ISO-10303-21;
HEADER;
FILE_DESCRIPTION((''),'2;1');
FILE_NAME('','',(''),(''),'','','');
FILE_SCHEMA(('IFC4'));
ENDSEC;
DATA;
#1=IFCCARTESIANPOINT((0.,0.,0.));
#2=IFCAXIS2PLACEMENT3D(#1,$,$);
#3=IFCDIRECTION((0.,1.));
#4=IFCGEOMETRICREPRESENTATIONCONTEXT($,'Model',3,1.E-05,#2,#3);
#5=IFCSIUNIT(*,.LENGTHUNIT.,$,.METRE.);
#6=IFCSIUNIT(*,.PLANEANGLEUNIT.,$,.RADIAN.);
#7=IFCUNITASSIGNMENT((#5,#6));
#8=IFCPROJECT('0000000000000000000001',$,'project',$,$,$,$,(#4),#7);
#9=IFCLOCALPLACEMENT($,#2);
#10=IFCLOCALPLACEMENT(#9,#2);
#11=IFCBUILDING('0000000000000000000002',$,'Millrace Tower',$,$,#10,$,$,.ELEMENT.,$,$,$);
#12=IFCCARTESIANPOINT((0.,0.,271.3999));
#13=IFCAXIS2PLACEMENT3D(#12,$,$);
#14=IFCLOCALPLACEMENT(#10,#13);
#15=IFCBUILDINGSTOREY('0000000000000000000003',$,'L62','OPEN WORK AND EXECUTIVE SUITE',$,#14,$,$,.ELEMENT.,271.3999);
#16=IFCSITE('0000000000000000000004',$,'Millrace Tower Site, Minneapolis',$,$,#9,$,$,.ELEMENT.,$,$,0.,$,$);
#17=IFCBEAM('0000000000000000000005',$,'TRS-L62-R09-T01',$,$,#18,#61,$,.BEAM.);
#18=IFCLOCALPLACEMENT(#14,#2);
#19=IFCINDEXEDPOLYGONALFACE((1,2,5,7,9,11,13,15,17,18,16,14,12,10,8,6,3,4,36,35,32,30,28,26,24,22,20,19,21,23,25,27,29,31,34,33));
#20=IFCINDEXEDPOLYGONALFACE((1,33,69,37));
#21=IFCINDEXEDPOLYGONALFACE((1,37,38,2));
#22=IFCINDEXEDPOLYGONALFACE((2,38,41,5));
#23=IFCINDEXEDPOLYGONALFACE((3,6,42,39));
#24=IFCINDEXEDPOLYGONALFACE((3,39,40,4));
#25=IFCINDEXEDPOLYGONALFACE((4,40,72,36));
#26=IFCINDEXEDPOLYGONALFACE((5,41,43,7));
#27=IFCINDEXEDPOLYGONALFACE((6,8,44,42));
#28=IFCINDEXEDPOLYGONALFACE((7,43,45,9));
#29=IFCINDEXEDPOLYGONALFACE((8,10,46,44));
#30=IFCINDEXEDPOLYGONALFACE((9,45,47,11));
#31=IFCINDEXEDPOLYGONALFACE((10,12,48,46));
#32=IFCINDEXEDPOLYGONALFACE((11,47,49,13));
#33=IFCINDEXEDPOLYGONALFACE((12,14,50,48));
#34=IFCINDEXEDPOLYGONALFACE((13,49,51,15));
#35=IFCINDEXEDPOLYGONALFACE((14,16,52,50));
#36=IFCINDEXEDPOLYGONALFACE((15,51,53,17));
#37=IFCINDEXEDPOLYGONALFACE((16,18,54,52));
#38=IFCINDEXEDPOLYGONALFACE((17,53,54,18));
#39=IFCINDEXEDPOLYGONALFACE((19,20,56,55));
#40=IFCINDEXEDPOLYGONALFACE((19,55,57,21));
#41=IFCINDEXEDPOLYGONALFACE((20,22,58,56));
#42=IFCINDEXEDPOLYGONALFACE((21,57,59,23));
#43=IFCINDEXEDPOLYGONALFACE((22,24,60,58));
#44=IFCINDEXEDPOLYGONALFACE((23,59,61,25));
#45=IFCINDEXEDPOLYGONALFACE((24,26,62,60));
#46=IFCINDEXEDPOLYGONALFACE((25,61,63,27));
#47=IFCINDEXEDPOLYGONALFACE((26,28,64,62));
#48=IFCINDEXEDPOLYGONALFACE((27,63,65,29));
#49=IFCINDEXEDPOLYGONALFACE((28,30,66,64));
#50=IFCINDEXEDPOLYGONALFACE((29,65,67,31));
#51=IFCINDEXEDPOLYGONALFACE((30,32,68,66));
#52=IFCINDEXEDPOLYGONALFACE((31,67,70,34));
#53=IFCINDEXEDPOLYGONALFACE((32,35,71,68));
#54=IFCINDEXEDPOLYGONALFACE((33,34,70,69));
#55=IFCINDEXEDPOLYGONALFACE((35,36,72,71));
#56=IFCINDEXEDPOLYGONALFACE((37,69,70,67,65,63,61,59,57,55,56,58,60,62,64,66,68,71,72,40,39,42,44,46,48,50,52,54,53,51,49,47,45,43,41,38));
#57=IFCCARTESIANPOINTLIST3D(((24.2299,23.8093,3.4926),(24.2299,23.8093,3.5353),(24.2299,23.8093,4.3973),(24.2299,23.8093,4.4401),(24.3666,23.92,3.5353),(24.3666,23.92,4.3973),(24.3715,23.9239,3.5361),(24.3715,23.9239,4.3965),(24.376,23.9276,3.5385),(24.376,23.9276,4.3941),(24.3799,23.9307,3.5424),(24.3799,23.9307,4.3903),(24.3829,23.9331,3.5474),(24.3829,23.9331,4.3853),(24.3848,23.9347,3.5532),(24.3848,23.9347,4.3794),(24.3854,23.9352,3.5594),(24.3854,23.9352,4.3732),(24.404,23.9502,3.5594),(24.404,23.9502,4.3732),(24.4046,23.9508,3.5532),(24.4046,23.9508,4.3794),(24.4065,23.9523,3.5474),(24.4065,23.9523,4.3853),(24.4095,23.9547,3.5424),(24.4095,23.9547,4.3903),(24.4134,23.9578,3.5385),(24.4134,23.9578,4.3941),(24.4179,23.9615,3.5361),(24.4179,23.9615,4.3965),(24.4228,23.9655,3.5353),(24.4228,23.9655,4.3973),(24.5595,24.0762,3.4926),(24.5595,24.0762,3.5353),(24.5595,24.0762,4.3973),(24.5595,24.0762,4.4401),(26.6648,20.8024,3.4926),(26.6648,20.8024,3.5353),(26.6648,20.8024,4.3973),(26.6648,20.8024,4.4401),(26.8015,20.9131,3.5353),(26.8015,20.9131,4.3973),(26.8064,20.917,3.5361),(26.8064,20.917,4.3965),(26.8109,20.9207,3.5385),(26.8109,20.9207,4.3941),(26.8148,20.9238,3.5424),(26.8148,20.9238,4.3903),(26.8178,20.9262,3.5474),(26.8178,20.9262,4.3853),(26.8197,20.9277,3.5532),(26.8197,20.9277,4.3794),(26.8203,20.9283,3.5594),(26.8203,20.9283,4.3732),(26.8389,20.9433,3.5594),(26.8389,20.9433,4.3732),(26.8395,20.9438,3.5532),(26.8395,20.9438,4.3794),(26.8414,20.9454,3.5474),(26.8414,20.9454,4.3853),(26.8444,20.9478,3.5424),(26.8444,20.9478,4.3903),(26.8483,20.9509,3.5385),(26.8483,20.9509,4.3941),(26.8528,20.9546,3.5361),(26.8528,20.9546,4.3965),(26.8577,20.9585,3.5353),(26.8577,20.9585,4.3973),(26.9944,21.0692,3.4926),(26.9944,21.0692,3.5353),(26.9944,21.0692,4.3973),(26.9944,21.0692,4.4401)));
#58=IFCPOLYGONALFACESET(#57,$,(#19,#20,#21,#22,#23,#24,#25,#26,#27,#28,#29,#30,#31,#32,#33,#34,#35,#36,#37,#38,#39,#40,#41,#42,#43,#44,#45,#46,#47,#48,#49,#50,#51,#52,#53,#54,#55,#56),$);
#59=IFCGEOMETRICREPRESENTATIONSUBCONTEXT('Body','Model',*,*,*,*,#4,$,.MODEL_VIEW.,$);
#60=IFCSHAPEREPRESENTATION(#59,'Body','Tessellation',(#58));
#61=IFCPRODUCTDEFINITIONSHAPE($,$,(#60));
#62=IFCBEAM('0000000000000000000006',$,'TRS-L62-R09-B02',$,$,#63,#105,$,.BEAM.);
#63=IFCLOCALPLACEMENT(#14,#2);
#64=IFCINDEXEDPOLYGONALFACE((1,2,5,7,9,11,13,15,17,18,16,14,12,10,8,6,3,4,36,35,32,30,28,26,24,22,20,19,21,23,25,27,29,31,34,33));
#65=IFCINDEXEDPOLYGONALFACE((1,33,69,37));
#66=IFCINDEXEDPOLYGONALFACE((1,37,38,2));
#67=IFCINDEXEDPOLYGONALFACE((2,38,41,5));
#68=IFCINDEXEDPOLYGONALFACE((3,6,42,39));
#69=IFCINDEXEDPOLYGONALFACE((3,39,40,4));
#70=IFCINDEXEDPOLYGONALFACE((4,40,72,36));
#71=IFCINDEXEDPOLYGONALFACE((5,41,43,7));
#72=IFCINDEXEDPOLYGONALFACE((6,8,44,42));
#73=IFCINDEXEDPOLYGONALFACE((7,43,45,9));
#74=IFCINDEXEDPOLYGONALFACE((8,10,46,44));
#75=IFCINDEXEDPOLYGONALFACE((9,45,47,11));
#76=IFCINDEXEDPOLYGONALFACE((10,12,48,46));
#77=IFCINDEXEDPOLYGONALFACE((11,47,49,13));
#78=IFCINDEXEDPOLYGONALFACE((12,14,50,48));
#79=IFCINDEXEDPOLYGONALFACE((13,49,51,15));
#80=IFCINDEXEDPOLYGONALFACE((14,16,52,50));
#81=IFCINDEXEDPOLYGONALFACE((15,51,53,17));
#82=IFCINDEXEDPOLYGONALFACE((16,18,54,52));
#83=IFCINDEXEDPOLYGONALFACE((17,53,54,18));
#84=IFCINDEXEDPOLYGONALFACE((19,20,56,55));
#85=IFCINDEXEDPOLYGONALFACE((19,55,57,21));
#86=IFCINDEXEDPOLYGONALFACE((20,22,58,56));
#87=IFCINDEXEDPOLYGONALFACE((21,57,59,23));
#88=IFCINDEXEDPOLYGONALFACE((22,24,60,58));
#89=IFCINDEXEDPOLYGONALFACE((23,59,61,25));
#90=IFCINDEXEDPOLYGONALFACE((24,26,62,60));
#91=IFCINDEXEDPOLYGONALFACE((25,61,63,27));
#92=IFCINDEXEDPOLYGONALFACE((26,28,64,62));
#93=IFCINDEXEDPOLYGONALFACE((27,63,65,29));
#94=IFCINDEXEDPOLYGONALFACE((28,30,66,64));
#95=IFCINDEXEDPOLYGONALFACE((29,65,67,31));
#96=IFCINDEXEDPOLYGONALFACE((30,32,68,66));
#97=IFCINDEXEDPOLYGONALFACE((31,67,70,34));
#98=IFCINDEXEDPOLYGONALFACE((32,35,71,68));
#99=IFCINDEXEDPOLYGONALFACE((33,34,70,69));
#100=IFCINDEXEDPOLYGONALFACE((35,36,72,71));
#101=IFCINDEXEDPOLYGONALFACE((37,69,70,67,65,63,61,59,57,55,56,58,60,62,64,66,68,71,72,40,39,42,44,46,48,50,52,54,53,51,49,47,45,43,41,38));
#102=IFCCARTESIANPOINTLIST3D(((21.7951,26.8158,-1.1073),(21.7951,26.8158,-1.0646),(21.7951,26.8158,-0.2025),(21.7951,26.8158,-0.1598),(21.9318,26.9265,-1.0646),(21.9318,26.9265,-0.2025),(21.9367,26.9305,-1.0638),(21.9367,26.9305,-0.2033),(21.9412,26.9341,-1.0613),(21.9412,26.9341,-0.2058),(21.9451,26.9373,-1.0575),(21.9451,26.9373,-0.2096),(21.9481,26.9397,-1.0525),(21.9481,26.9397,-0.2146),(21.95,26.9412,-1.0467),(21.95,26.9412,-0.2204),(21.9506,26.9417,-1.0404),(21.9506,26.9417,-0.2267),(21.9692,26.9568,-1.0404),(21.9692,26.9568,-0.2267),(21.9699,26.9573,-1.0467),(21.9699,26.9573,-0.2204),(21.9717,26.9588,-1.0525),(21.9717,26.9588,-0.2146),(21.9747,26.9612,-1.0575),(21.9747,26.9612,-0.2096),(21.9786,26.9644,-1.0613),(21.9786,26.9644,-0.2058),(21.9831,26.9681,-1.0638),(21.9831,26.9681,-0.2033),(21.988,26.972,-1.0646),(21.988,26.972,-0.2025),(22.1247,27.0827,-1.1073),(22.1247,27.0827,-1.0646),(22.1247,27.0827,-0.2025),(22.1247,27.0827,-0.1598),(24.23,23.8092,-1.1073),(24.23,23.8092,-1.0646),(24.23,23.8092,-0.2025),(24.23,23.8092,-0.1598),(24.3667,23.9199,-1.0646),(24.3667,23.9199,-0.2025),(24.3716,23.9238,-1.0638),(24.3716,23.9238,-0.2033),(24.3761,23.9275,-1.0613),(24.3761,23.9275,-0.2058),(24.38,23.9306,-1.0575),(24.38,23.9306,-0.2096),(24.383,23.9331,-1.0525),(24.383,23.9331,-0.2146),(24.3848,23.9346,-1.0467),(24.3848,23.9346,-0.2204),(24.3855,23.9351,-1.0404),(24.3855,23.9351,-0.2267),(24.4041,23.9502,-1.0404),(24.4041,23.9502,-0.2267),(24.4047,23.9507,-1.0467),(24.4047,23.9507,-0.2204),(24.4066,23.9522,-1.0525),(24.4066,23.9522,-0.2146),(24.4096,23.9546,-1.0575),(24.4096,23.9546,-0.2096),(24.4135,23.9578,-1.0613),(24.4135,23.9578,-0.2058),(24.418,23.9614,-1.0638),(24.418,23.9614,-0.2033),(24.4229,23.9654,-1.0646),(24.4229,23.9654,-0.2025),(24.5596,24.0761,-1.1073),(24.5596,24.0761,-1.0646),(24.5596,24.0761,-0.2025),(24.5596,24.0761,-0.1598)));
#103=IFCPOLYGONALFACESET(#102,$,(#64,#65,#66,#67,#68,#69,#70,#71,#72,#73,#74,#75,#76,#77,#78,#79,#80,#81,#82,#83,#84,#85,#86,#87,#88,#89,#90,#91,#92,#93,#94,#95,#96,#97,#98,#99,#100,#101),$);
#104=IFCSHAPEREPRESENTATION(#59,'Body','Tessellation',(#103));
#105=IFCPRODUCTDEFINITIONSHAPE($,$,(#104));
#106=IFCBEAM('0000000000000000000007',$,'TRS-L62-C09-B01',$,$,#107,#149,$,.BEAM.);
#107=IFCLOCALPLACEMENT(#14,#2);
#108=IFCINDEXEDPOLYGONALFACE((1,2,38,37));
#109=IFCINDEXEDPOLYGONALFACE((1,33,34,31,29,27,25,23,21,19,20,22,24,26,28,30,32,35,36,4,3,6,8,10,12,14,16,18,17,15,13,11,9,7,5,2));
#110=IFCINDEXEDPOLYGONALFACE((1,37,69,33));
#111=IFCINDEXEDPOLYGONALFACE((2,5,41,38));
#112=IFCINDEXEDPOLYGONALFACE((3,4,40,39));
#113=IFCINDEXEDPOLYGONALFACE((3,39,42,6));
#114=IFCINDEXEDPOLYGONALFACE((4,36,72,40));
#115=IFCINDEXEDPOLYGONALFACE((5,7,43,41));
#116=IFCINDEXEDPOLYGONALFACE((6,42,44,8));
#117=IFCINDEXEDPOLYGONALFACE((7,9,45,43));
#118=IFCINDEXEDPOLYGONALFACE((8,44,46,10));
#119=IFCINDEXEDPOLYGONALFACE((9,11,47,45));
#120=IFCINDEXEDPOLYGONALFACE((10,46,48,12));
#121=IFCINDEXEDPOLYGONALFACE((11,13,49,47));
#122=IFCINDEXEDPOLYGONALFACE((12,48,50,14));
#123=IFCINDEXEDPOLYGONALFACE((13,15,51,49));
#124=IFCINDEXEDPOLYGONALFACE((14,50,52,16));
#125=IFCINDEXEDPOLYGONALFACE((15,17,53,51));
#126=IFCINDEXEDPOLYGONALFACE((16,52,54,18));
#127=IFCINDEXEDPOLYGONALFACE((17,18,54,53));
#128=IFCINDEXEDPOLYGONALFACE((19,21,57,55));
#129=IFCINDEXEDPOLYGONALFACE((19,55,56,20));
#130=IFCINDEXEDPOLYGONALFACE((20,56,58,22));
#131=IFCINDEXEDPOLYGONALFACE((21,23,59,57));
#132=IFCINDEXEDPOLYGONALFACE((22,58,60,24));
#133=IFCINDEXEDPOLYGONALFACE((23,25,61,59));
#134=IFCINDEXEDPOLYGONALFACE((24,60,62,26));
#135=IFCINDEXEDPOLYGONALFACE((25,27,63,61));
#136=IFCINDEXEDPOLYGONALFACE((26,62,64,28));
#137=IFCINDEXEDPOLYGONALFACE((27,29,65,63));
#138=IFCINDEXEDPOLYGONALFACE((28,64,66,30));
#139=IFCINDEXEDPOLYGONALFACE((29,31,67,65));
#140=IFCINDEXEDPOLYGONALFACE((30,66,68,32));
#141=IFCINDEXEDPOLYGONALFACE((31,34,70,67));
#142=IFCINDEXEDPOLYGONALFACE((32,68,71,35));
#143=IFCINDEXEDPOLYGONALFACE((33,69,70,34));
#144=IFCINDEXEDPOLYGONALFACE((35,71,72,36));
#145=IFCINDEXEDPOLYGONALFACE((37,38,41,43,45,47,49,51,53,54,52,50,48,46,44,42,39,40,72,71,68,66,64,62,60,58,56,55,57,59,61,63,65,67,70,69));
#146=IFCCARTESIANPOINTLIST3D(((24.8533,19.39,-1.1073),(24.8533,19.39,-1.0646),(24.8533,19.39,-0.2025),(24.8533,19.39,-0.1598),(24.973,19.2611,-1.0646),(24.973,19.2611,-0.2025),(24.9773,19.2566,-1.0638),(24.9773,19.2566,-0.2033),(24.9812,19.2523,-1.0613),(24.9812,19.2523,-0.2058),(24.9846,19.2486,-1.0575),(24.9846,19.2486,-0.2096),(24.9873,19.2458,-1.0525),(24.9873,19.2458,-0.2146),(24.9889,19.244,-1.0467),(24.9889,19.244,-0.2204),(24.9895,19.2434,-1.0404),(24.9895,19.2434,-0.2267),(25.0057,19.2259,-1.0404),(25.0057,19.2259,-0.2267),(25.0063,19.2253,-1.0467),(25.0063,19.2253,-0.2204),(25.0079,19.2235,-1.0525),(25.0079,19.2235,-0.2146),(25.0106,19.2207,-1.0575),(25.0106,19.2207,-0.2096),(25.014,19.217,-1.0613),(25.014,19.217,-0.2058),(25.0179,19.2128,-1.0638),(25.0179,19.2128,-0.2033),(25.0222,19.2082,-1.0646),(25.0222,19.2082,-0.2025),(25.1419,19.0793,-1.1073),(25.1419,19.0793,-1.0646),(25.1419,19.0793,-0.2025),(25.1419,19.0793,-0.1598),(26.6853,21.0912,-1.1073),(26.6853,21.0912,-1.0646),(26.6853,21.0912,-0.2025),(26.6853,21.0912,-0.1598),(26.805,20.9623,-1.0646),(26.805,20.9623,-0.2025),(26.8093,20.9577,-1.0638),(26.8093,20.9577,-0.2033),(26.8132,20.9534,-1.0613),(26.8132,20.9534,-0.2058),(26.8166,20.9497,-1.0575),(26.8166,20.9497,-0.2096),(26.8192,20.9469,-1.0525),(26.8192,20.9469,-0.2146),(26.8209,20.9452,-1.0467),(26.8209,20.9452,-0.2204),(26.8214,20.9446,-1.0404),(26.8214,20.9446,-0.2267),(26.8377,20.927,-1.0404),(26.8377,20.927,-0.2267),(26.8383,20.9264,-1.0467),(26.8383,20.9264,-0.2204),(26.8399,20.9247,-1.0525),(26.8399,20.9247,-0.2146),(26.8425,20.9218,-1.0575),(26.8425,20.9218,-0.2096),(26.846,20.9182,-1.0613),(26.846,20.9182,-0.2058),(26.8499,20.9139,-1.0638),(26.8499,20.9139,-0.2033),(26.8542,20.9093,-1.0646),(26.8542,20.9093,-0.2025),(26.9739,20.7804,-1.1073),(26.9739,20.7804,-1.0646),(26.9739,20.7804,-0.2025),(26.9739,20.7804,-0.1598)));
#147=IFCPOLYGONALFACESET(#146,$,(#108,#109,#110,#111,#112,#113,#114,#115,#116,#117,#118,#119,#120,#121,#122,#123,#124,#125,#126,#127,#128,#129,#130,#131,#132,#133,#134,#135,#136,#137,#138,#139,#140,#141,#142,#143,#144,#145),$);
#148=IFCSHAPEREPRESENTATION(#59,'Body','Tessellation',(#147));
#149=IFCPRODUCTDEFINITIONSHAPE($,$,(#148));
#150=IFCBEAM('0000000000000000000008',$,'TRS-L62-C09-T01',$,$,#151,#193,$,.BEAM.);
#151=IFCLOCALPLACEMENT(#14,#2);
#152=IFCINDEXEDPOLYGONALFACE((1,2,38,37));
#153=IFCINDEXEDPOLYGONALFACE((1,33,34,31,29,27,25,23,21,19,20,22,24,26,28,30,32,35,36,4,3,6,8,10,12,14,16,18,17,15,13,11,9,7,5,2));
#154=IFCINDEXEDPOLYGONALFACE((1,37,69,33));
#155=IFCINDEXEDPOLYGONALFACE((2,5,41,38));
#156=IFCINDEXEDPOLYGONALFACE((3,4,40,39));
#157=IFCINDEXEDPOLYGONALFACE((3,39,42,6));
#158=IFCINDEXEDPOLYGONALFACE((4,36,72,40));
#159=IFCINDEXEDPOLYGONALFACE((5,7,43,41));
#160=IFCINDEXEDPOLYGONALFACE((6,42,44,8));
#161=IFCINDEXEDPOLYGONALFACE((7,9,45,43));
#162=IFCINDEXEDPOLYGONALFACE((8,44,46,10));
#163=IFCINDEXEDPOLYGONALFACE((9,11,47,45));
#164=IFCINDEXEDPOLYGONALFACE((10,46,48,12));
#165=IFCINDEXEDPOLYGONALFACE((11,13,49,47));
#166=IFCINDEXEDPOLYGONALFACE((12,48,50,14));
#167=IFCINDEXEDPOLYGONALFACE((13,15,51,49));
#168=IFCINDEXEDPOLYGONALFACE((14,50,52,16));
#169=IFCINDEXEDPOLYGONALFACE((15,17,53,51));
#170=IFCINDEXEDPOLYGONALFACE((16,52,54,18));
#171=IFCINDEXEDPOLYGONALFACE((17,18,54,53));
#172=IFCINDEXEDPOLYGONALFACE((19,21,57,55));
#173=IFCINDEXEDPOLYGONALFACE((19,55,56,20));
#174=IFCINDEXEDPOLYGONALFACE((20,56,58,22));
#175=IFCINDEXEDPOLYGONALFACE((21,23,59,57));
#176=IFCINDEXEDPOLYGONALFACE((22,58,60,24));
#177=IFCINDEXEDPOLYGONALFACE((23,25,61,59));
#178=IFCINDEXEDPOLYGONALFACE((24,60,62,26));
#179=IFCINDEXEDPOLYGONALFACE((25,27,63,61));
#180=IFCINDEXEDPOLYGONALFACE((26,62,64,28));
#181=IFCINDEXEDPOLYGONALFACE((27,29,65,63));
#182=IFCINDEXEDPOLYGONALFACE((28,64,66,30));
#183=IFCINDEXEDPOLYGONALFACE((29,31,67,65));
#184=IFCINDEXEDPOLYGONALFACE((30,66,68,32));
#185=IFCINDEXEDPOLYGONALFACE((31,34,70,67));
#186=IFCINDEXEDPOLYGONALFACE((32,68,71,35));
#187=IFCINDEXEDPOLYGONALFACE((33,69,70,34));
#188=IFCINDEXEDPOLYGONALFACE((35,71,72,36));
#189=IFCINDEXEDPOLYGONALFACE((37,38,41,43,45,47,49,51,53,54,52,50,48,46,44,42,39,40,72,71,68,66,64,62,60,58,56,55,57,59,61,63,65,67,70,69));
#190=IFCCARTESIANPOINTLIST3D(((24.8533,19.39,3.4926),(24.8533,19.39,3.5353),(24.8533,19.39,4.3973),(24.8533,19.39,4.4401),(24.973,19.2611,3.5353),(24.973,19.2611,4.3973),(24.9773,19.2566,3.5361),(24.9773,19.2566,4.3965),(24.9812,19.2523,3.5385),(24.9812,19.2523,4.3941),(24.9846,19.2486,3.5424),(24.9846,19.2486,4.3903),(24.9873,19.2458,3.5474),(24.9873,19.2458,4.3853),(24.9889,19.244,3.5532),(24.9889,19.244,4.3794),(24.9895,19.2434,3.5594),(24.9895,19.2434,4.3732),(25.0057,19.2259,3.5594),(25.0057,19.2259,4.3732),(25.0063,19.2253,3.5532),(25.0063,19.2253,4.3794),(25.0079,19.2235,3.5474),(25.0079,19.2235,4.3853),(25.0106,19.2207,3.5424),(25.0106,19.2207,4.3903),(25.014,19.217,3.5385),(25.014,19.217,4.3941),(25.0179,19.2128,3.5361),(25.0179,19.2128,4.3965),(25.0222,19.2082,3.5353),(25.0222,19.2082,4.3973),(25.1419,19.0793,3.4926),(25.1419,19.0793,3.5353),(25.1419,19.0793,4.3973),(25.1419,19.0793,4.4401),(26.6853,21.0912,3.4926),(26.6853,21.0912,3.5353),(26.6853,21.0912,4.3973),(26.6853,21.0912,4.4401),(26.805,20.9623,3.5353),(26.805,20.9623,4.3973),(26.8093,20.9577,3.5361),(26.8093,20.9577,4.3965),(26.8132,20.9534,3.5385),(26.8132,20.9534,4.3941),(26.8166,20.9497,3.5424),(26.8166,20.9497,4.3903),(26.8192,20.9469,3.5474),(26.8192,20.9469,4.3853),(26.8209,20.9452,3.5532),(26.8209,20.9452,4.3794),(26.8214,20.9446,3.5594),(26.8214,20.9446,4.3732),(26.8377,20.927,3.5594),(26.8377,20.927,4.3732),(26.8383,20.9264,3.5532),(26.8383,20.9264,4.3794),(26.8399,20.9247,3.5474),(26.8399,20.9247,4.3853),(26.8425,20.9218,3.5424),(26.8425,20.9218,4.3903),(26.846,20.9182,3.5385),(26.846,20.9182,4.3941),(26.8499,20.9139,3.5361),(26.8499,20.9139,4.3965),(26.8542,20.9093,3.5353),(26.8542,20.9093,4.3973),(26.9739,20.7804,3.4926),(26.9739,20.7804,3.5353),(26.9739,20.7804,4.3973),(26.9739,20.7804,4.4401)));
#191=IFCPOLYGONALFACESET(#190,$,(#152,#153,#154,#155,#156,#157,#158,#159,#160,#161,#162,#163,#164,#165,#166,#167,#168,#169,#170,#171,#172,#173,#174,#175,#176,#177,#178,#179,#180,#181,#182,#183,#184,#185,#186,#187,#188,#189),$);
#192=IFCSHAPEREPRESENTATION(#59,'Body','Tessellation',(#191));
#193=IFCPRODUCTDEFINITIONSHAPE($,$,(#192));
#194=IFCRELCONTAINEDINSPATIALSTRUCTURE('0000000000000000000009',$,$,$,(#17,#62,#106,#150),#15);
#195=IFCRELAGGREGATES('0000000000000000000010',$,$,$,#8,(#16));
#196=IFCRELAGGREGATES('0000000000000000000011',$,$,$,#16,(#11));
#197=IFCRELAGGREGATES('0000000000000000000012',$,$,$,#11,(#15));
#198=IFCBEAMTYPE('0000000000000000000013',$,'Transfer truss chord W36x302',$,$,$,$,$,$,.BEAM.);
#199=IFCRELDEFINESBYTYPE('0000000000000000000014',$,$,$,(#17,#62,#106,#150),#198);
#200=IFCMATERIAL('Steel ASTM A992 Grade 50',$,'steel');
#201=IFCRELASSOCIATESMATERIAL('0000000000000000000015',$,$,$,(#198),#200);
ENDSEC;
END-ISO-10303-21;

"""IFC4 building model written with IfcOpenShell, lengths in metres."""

from ifc_helpers import new_model, si_unit, direction, frame, origin, origin_2d, place, context, subcontext, project, spatial, i_section, extrude, material, material_profile, profile_set, type_object, element, save


model = new_model("IFC4")

# Units and contexts
model_context = context("Model", 3, precision=1e-05, world=origin(), true_north=direction((0.0, 1.0)))
body_context = subcontext(model_context, "Body", "Model", "MODEL_VIEW")
ifc_project = project(units=[si_unit("LENGTHUNIT", "METRE"), si_unit("PLANEANGLEUNIT", "RADIAN")], contexts=[model_context])

# Site, building, storey
site_placement = place(None, origin())
site = spatial("IfcSite", under=ifc_project, at=site_placement, Name="Millrace Tower Site, Minneapolis", CompositionType="ELEMENT", RefElevation=0.0)
building_placement = place(site_placement, origin())
building = spatial("IfcBuilding", under=site, at=building_placement, Name="Millrace Tower", CompositionType="ELEMENT")
storey_placement = place(building_placement, frame((0.0, 0.0, 271.3999)))
storey = spatial("IfcBuildingStorey", under=building, at=storey_placement, Name="L62", Description="OPEN WORK AND EXECUTIVE SUITE", CompositionType="ELEMENT", Elevation=271.3999)

# Beams
ifc_material_1 = material(Name="Steel ASTM A992 Grade 50", Category="steel")
ifc_material_profile_1 = material_profile(ifc_material_1, i_section(OverallWidth=0.4241, OverallDepth=0.9475, WebThickness=0.0239, FlangeThickness=0.0427, FilletRadius=0.0242, at=origin_2d()))
ifc_profile_set_1 = profile_set([ifc_material_profile_1], Name="Steel ASTM A992 Grade 50")
beam_type_1 = type_object("IfcBeamType", Name="Transfer truss chord W36x302", PredefinedType="BEAM", material=ifc_profile_set_1)
for number, where, z_axis, x_axis, name in (
    (1, (26.8296, 20.9358, 3.9663), (-0.629309, 0.777155, 0.0), (-0.777155, -0.629309, 0.0), "TRS-L62-R09-T01"),
):
    element("IfcBeam", number, at=place(storey_placement, frame(where, z_axis=z_axis, x_axis=x_axis)), inside=storey, type_object=beam_type_1, Name=name, PredefinedType="BEAM", context=body_context, shape_type="SweptSolid", body=[
        extrude(i_section(OverallWidth=0.4241, OverallDepth=0.9475, WebThickness=0.0239, FlangeThickness=0.0427, FilletRadius=0.0242, at=origin_2d()), origin(), (0.0, 0.0, 1.0), 3.8691),
    ])
beam_1_placement = place(storey_placement, frame((24.3948, 23.9426, -0.6335), z_axis=(-0.62934, 0.77713, 0.0), x_axis=(-0.77713, -0.62934, 0.0)))
element("IfcBeam", 2, at=beam_1_placement, inside=storey, type_object=beam_type_1, Name="TRS-L62-R09-B02", PredefinedType="BEAM", context=body_context, shape_type="SweptSolid", body=[
    extrude(i_section(OverallWidth=0.4241, OverallDepth=0.9475, WebThickness=0.0239, FlangeThickness=0.0427, FilletRadius=0.0242, at=origin_2d()), origin(), (0.0, 0.0, 1.0), 3.8689),
])
for number, where, z_axis, x_axis, name in (
    (3, (26.8296, 20.9358, -0.6335), (-0.732793, -0.680451, 0.0), (0.680451, -0.732793, 0.0), "TRS-L62-C09-B01"),
    (4, (26.8296, 20.9358, 3.9663), (-0.732793, -0.680451, 0.0), (0.680451, -0.732793, 0.0), "TRS-L62-C09-T01"),
):
    element("IfcBeam", number, at=place(storey_placement, frame(where, z_axis=z_axis, x_axis=x_axis)), inside=storey, type_object=beam_type_1, Name=name, PredefinedType="BEAM", context=body_context, shape_type="SweptSolid", body=[
        extrude(i_section(OverallWidth=0.4241, OverallDepth=0.9475, WebThickness=0.0239, FlangeThickness=0.0427, FilletRadius=0.0242, at=origin_2d()), origin(), (0.0, 0.0, 1.0), 2.5),
    ])

save(model, "model.ifc")
